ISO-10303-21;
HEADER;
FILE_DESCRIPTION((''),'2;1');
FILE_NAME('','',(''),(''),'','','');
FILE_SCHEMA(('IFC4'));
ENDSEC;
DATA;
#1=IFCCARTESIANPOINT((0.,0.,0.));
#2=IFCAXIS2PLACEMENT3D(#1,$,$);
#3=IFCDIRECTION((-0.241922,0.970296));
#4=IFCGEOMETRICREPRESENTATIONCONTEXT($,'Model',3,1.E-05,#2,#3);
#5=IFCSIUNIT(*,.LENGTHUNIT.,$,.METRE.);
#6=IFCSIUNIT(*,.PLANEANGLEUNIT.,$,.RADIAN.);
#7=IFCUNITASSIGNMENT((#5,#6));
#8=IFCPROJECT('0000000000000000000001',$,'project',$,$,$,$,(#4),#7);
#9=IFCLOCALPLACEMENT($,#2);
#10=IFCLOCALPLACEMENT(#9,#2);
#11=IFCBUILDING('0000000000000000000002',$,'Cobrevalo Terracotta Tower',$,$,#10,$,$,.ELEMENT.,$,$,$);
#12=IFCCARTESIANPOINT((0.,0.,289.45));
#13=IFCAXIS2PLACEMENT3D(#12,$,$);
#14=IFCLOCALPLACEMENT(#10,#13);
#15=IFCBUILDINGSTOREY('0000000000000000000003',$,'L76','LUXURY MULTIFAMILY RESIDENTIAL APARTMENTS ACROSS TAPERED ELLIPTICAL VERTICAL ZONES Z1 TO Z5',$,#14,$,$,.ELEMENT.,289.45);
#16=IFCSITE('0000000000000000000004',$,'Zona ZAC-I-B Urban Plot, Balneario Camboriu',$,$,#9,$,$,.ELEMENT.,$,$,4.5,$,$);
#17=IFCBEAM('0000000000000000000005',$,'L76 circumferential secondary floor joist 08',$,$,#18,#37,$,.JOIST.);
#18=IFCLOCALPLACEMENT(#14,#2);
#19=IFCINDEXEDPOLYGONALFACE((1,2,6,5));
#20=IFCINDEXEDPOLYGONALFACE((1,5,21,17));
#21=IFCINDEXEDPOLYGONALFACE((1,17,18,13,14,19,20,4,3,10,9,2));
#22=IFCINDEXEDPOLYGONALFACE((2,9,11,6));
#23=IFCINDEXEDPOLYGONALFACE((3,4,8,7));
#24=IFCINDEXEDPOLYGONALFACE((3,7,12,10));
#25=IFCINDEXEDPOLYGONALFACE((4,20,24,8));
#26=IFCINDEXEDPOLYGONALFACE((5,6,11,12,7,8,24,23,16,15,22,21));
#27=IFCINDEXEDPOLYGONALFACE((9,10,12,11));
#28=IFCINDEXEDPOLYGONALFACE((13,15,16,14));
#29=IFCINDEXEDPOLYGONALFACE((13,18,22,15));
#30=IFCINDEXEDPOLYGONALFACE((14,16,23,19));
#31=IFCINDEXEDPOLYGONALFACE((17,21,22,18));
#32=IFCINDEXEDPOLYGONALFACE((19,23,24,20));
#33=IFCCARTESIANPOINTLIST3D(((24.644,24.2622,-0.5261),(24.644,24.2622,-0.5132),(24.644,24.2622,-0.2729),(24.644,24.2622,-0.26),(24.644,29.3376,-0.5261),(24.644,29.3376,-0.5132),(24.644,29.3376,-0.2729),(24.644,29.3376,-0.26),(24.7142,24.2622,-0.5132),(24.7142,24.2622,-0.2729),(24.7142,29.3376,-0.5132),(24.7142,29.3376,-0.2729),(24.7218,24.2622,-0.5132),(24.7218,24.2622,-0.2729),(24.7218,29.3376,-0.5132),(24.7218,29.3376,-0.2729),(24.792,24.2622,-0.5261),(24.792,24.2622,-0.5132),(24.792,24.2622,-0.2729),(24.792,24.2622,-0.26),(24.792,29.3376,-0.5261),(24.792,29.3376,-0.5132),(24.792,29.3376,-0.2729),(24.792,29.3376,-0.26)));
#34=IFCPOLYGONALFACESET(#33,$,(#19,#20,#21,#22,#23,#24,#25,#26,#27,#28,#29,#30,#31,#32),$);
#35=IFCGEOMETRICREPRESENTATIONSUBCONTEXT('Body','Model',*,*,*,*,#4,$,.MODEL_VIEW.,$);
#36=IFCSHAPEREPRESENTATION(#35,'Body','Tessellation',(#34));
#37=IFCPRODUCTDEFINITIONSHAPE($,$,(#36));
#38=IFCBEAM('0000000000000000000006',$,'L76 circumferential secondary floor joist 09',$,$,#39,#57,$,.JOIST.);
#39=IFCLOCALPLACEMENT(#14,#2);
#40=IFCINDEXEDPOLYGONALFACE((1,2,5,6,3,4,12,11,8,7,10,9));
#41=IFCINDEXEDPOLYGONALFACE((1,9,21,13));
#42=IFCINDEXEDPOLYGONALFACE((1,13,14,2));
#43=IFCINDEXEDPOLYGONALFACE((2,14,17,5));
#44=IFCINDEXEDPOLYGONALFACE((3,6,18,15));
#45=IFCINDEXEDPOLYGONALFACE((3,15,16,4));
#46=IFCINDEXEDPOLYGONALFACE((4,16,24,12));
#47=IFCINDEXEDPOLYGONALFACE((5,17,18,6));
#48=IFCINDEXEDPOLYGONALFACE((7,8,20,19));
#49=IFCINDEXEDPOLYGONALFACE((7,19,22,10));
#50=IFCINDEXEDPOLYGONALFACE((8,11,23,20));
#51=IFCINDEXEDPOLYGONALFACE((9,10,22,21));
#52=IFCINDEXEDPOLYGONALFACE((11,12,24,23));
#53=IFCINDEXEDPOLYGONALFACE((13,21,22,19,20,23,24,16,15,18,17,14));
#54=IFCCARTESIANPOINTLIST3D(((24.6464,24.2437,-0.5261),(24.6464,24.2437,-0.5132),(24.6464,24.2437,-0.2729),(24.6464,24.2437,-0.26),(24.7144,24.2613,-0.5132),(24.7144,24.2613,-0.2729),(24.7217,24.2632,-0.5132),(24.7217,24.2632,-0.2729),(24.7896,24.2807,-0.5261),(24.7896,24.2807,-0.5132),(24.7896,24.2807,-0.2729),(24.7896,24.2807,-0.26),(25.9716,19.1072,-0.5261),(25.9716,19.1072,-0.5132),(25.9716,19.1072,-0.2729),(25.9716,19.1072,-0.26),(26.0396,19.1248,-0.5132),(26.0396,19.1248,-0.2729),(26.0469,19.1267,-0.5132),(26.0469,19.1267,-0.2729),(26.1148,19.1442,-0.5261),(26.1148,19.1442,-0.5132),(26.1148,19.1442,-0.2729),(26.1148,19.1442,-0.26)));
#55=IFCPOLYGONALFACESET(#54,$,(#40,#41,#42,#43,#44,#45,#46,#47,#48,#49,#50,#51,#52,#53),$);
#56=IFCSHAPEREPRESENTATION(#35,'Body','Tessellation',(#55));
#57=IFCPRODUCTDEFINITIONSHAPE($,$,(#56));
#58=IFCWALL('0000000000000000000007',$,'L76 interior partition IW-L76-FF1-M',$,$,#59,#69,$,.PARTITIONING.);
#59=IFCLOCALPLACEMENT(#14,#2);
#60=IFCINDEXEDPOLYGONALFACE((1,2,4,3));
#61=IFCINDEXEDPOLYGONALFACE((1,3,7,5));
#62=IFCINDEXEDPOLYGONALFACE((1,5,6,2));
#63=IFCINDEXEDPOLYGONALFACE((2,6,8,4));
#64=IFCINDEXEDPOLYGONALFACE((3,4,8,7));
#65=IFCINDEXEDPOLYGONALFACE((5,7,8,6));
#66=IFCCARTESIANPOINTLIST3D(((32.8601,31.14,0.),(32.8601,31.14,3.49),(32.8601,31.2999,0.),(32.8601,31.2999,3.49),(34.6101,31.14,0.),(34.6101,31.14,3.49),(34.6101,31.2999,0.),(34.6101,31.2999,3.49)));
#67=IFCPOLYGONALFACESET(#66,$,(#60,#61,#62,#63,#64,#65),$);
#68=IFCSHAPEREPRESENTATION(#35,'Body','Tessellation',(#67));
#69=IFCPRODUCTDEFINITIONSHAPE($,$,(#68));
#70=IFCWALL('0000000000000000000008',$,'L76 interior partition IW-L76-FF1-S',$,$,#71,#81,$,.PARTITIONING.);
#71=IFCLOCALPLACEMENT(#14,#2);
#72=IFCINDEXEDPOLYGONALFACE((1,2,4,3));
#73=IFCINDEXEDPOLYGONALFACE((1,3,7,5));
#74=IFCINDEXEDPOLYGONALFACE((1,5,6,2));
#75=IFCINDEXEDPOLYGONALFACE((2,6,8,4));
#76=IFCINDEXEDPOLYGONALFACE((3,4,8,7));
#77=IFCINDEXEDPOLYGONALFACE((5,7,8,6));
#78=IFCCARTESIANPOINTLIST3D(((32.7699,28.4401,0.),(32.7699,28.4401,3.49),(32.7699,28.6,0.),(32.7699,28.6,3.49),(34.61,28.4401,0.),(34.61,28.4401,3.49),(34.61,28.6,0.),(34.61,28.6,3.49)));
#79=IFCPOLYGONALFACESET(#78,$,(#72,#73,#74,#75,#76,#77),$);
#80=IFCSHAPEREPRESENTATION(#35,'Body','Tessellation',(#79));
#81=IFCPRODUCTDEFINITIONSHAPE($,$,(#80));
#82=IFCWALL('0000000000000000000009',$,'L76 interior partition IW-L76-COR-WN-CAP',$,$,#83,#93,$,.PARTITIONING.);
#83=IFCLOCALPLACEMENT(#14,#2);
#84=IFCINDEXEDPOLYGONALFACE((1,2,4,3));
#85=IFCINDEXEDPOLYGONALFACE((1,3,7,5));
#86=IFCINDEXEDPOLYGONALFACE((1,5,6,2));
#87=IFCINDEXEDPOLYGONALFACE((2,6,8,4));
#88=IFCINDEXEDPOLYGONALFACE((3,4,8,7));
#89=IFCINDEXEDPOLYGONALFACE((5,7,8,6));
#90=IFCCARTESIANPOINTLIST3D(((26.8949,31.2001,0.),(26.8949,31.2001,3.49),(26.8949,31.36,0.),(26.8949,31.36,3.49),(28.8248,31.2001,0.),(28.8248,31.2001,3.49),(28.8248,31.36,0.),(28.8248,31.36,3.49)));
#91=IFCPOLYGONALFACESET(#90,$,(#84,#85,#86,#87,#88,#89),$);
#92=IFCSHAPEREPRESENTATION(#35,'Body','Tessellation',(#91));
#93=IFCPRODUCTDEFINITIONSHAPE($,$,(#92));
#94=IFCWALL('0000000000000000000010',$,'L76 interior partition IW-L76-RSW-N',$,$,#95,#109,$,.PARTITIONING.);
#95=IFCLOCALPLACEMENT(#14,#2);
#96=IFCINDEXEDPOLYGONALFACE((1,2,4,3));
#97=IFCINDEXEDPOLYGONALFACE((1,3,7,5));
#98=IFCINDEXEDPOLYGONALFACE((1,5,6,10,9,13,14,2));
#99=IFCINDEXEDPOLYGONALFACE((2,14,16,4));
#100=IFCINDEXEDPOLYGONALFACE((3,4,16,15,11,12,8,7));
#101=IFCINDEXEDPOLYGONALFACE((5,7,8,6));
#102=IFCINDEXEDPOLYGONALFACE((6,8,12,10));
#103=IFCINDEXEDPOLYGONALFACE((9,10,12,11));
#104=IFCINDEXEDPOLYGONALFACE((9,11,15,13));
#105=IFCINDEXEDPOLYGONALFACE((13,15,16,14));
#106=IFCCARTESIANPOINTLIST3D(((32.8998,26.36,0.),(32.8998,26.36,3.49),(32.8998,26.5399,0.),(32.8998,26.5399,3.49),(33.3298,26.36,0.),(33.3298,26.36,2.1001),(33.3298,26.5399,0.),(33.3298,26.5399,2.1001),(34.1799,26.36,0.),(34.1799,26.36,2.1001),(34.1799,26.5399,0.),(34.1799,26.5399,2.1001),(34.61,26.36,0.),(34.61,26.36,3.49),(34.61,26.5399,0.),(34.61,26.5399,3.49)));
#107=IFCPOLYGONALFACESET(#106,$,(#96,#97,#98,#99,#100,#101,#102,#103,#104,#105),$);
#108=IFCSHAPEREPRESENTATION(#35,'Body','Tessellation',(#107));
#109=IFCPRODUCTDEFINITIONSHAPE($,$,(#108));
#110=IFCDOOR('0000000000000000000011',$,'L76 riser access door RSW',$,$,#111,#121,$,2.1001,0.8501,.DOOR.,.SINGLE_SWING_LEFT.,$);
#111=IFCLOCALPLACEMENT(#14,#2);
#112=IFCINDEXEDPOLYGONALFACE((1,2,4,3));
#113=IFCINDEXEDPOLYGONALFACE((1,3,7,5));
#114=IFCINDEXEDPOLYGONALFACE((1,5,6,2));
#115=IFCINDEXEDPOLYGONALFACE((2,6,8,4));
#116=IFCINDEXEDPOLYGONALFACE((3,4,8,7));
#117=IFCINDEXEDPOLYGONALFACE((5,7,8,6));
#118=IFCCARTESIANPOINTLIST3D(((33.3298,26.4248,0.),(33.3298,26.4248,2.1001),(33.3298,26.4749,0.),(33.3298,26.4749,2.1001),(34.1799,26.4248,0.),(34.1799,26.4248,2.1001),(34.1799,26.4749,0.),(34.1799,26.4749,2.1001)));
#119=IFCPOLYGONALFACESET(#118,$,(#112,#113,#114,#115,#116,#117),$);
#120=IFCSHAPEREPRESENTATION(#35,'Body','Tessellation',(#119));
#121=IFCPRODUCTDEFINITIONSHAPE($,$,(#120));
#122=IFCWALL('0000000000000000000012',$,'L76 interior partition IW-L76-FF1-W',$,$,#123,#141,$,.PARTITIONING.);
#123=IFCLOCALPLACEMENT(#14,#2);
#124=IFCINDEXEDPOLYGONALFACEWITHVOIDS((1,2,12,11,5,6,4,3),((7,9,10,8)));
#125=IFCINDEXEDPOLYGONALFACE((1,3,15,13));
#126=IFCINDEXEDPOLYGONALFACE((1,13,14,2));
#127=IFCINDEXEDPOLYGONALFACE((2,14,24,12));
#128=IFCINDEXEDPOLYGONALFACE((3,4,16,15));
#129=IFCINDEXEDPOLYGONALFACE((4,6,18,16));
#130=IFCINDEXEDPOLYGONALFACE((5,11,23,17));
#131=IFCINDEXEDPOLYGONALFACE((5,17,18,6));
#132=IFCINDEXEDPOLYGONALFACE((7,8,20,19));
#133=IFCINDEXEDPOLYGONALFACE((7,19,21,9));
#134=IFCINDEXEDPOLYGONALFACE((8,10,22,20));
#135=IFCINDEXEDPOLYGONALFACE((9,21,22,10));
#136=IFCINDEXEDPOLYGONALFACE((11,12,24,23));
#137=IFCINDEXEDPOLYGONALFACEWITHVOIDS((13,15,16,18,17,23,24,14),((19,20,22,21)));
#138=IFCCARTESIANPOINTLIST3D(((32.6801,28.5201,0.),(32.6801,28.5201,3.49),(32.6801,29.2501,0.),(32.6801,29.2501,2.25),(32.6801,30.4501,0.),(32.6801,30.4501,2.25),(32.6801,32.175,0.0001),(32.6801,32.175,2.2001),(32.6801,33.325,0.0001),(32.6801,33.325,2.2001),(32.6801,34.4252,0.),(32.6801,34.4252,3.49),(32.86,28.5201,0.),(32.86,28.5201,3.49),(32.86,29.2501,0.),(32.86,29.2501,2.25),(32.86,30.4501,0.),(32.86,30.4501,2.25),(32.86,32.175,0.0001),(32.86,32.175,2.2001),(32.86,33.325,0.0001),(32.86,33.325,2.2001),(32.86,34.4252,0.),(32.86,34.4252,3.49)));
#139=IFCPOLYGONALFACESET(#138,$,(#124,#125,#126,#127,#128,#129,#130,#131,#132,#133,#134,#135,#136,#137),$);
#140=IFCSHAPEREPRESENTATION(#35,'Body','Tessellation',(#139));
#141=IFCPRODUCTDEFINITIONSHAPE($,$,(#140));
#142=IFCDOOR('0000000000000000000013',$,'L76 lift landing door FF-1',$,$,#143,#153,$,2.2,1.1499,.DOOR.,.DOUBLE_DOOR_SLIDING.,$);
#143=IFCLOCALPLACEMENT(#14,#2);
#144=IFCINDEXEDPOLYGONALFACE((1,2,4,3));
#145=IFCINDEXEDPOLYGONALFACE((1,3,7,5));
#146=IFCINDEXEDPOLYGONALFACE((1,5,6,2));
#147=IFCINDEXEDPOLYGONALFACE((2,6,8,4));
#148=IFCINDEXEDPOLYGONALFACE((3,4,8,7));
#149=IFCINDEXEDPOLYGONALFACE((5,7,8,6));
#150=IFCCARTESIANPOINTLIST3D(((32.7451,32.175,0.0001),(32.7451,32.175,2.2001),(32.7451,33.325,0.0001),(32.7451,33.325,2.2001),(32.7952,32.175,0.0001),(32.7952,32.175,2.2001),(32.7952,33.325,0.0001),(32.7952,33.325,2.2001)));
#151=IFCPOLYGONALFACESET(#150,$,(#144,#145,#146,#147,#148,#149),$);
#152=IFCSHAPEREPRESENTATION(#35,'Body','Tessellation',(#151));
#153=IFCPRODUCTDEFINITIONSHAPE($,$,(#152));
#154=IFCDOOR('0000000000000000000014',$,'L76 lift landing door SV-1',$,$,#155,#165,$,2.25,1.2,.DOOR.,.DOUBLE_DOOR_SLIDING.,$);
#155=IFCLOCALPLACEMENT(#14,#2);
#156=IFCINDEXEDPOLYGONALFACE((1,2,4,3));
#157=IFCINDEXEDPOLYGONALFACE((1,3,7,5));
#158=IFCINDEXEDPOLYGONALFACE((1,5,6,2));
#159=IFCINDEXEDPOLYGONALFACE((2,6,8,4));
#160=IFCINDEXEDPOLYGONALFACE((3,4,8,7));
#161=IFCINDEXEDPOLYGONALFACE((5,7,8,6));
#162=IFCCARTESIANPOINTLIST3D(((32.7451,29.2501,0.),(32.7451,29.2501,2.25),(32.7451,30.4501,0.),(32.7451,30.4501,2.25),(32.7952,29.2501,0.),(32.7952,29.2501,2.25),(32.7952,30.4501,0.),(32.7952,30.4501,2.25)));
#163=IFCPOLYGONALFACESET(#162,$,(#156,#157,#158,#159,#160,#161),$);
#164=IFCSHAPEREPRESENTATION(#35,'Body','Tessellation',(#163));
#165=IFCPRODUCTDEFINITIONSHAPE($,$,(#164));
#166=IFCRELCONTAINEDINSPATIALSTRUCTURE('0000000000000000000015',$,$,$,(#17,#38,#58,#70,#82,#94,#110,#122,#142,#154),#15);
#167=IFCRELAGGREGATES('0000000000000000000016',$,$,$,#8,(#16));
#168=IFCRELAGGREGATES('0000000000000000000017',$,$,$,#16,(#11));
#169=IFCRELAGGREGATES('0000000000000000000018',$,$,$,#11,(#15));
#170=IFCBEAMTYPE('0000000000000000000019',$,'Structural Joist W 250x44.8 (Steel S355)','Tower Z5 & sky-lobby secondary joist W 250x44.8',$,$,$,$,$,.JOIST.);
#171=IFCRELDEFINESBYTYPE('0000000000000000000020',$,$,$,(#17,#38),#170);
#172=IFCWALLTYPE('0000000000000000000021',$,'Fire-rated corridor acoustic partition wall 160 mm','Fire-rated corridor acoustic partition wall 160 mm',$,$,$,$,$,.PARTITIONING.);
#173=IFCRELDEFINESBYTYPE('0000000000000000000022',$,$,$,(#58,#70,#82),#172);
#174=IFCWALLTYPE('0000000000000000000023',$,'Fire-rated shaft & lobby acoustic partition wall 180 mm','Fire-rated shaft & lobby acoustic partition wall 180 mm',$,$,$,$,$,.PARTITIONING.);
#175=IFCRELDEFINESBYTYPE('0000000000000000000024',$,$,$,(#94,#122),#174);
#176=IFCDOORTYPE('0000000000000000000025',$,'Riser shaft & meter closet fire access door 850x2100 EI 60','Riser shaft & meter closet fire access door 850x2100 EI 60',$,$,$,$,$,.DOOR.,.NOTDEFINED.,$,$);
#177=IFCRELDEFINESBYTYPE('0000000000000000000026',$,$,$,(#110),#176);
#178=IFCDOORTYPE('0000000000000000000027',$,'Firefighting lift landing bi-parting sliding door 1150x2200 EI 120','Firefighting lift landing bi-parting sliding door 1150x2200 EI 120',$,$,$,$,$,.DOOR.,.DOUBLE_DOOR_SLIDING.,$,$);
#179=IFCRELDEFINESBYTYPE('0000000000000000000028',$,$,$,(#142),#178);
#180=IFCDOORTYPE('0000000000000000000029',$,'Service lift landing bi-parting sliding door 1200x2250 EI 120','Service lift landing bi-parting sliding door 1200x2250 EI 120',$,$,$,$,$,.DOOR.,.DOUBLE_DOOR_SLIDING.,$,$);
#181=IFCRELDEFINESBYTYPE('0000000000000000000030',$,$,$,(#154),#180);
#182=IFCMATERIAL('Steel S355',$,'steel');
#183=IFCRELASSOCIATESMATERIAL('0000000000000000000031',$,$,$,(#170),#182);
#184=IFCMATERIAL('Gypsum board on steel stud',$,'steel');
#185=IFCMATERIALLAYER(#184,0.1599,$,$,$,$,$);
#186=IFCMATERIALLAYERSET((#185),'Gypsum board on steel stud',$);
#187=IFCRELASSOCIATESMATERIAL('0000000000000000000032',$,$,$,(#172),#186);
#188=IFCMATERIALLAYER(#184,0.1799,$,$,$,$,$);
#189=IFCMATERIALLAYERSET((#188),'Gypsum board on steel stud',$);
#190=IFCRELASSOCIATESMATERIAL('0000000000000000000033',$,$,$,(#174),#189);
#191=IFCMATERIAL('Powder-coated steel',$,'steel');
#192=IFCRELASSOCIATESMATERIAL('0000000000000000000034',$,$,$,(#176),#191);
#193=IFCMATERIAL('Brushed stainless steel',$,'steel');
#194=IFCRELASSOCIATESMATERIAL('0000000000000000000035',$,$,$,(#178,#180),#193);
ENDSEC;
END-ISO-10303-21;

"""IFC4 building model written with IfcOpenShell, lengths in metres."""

from ifc_helpers import new_model, si_unit, direction, frame, frame_2d, origin, origin_2d, place, context, subcontext, project, spatial, rectangle, i_section, extrude, source, transform, mapped, material, layer, layer_set, material_profile, profile_set, type_object, element, fill, save


model = new_model("IFC4")

# Units and contexts
model_context = context("Model", 3, precision=1e-05, world=origin(), true_north=direction((-0.241922, 0.970296)))
body_context = subcontext(model_context, "Body", "Model", "MODEL_VIEW")
ifc_project = project(units=[si_unit("LENGTHUNIT", "METRE"), si_unit("PLANEANGLEUNIT", "RADIAN")], contexts=[model_context])

# Site, building, storey
site_placement = place(None, origin())
site = spatial("IfcSite", under=ifc_project, at=site_placement, Name="Zona ZAC-I-B Urban Plot, Balneario Camboriu", CompositionType="ELEMENT", RefElevation=4.5)
building_placement = place(site_placement, origin())
building = spatial("IfcBuilding", under=site, at=building_placement, Name="Cobrevalo Terracotta Tower", CompositionType="ELEMENT")
storey_placement = place(building_placement, frame((0.0, 0.0, 289.45)))
storey = spatial("IfcBuildingStorey", under=building, at=storey_placement, Name="L76", Description="LUXURY MULTIFAMILY RESIDENTIAL APARTMENTS ACROSS TAPERED ELLIPTICAL VERTICAL ZONES Z1 TO Z5", CompositionType="ELEMENT", Elevation=289.45)

# Beams
ifc_material_1 = material(Name="Steel S355", Category="steel")
ifc_material_profile = material_profile(ifc_material_1, i_section(OverallWidth=0.1479, OverallDepth=0.2661, WebThickness=0.0076, FlangeThickness=0.0129, at=origin_2d()), Name="W 250x44.8")
ifc_profile_set = profile_set([ifc_material_profile], Name="Steel S355")
beam_type = type_object("IfcBeamType", Name="Structural Joist W 250x44.8 (Steel S355)", Description="Tower Z5 & sky-lobby secondary joist W 250x44.8", PredefinedType="JOIST", material=ifc_profile_set)
beam_1_placement = place(storey_placement, frame((24.718, 29.3376, -0.3931), z_axis=(0.0, -1.0, 0.0), x_axis=(1.0, 0.0, 0.0)))
element("IfcBeam", 1, at=beam_1_placement, inside=storey, type_object=beam_type, Name="L76 circumferential secondary floor joist 08", PredefinedType="JOIST", context=body_context, shape_type="SweptSolid", body=[
    extrude(i_section(OverallWidth=0.1479, OverallDepth=0.2661, WebThickness=0.0076, FlangeThickness=0.0129, at=origin_2d()), origin(), (0.0, 0.0, 1.0), 5.0754),
])
beam_2_placement = place(storey_placement, frame((24.718, 24.2622, -0.3931), z_axis=(0.249817, -0.968293, 0.0), x_axis=(0.968293, 0.249817, 0.0)))
element("IfcBeam", 2, at=beam_2_placement, inside=storey, type_object=beam_type, Name="L76 circumferential secondary floor joist 09", PredefinedType="JOIST", context=body_context, shape_type="SweptSolid", body=[
    extrude(i_section(OverallWidth=0.1479, OverallDepth=0.2661, WebThickness=0.0076, FlangeThickness=0.0129, at=origin_2d()), origin(), (0.0, 0.0, 1.0), 5.3047),
])

# Walls
ifc_material_2 = material(Name="Gypsum board on steel stud", Category="steel")
ifc_layer_1 = layer(ifc_material_2, 0.1599)
ifc_layer_set_1 = layer_set([ifc_layer_1], Name="Gypsum board on steel stud")
wall_type_1 = type_object("IfcWallType", Name="Fire-rated corridor acoustic partition wall 160 mm", Description="Fire-rated corridor acoustic partition wall 160 mm", PredefinedType="PARTITIONING", material=ifc_layer_set_1)
wall_1_placement = place(storey_placement, frame((32.8601, 31.22, 0.0), z_axis=(0.0, 0.0, 1.0), x_axis=(1.0, 0.0, 0.0)))
element("IfcWall", 3, at=wall_1_placement, inside=storey, type_object=wall_type_1, Name="L76 interior partition IW-L76-FF1-M", PredefinedType="PARTITIONING", context=body_context, shape_type="SweptSolid", body=[
    extrude(rectangle(XDim=1.75, YDim=0.1599, at=frame_2d((0.875, 0.0))), origin(), (0.0, 0.0, 1.0), 3.49),
])
wall_2_placement = place(storey_placement, frame((32.77, 28.52, 0.0), z_axis=(0.0, 0.0, 1.0), x_axis=(1.0, 0.0, 0.0)))
element("IfcWall", 4, at=wall_2_placement, inside=storey, type_object=wall_type_1, Name="L76 interior partition IW-L76-FF1-S", PredefinedType="PARTITIONING", context=body_context, shape_type="SweptSolid", body=[
    extrude(rectangle(XDim=1.8401, YDim=0.1599, at=frame_2d((0.9199, 0.0))), origin(), (0.0, 0.0, 1.0), 3.49),
])
wall_3_placement = place(storey_placement, frame((26.895, 31.28, 0.0), z_axis=(0.0, 0.0, 1.0), x_axis=(1.0, 0.0, 0.0)))
element("IfcWall", 5, at=wall_3_placement, inside=storey, type_object=wall_type_1, Name="L76 interior partition IW-L76-COR-WN-CAP", PredefinedType="PARTITIONING", context=body_context, shape_type="SweptSolid", body=[
    extrude(rectangle(XDim=1.9299, YDim=0.1599, at=frame_2d((0.9648, 0.0))), origin(), (0.0, 0.0, 1.0), 3.49),
])

# Wall, opening, door
ifc_layer_2 = layer(ifc_material_2, 0.1799)
ifc_layer_set_2 = layer_set([ifc_layer_2], Name="Gypsum board on steel stud")
wall_type_2 = type_object("IfcWallType", Name="Fire-rated shaft & lobby acoustic partition wall 180 mm", Description="Fire-rated shaft & lobby acoustic partition wall 180 mm", PredefinedType="PARTITIONING", material=ifc_layer_set_2)
wall_4_placement = place(storey_placement, frame((32.8999, 26.45, 0.0), z_axis=(0.0, 0.0, 1.0), x_axis=(1.0, 0.0, 0.0)))
wall_4 = element("IfcWall", 6, at=wall_4_placement, inside=storey, type_object=wall_type_2, Name="L76 interior partition IW-L76-RSW-N", PredefinedType="PARTITIONING", context=body_context, shape_type="SweptSolid", body=[
    extrude(rectangle(XDim=1.7102, YDim=0.1799, at=frame_2d((0.855, 0.0))), origin(), (0.0, 0.0, 1.0), 3.49),
])
opening_1_placement = place(wall_4_placement, frame((0.4299, 0.0, 0.0)))
opening_1 = element("IfcOpeningElement", 7, at=opening_1_placement, cuts=wall_4, PredefinedType="OPENING", context=body_context, shape_type="SweptSolid", body=[
    extrude(rectangle(XDim=0.8501, YDim=2.1001, at=frame_2d((0.425, 1.05))), frame((0.0, 0.1001, 0.0), z_axis=(0.0, -1.0, 0.0), x_axis=(1.0, 0.0, 0.0)), (0.0, 0.0, 1.0), 0.2),
])
ifc_material_3 = material(Name="Powder-coated steel", Category="steel")
door_type_1 = type_object("IfcDoorType", Name="Riser shaft & meter closet fire access door 850x2100 EI 60", Description="Riser shaft & meter closet fire access door 850x2100 EI 60", OperationType="NOTDEFINED", PredefinedType="DOOR", material=ifc_material_3)
shared_shape_1 = source(origin(), body_context, "Body", "SweptSolid", [
    extrude(rectangle(XDim=0.8501, YDim=2.1001, at=frame_2d((0.425, 1.05))), frame((0.0, 0.0249, 0.0), z_axis=(0.0, -1.0, 0.0), x_axis=(1.0, 0.0, 0.0)), (0.0, 0.0, 1.0), 0.05),
])
door_1_placement = place(opening_1_placement, origin())
door_1 = element("IfcDoor", 8, at=door_1_placement, inside=storey, type_object=door_type_1, Name="L76 riser access door RSW", OperationType="SINGLE_SWING_LEFT", OverallHeight=2.1001, OverallWidth=0.8501, PredefinedType="DOOR", context=body_context, shape_type="MappedRepresentation", body=[
    mapped(shared_shape_1, transform((0.0, 0.0, 0.0), scale=1.0)),
])
fill(opening_1, door_1)

# Wall, openings, doors
wall_5_placement = place(storey_placement, frame((32.77, 28.52, 0.0), z_axis=(0.0, 0.0, 1.0), x_axis=(0.0, 1.0, 0.0)))
wall_5 = element("IfcWall", 9, at=wall_5_placement, inside=storey, type_object=wall_type_2, Name="L76 interior partition IW-L76-FF1-W", PredefinedType="PARTITIONING", context=body_context, shape_type="SweptSolid", body=[
    extrude(rectangle(XDim=5.905, YDim=0.1799, at=frame_2d((2.9526, 0.0))), origin(), (0.0, 0.0, 1.0), 3.49),
])
opening_2_placement = place(wall_5_placement, frame((3.655, 0.0, 0.0)))
opening_2 = element("IfcOpeningElement", 10, at=opening_2_placement, cuts=wall_5, PredefinedType="OPENING", context=body_context, shape_type="SweptSolid", body=[
    extrude(rectangle(XDim=1.1499, YDim=2.2, at=frame_2d((0.575, 1.1001))), frame((0.0, 0.1001, 0.0), z_axis=(0.0, -1.0, 0.0), x_axis=(1.0, 0.0, 0.0)), (0.0, 0.0, 1.0), 0.2),
])
opening_3_placement = place(wall_5_placement, frame((0.73, 0.0, 0.0)))
opening_3 = element("IfcOpeningElement", 11, at=opening_3_placement, cuts=wall_5, PredefinedType="OPENING", context=body_context, shape_type="SweptSolid", body=[
    extrude(rectangle(XDim=1.2, YDim=2.25, at=frame_2d((0.6001, 1.125))), frame((0.0, 0.1001, 0.0), z_axis=(0.0, -1.0, 0.0), x_axis=(1.0, 0.0, 0.0)), (0.0, 0.0, 1.0), 0.2),
])
ifc_material_4 = material(Name="Brushed stainless steel", Category="steel")
door_type_2 = type_object("IfcDoorType", Name="Firefighting lift landing bi-parting sliding door 1150x2200 EI 120", Description="Firefighting lift landing bi-parting sliding door 1150x2200 EI 120", OperationType="DOUBLE_DOOR_SLIDING", PredefinedType="DOOR", material=ifc_material_4)
shared_shape_2 = source(origin(), body_context, "Body", "SweptSolid", [
    extrude(rectangle(XDim=1.1499, YDim=2.2, at=frame_2d((0.575, 1.1001))), frame((0.0, 0.0249, 0.0), z_axis=(0.0, -1.0, 0.0), x_axis=(1.0, 0.0, 0.0)), (0.0, 0.0, 1.0), 0.05),
])
door_2_placement = place(opening_2_placement, origin())
door_2 = element("IfcDoor", 12, at=door_2_placement, inside=storey, type_object=door_type_2, Name="L76 lift landing door FF-1", OperationType="DOUBLE_DOOR_SLIDING", OverallHeight=2.2, OverallWidth=1.1499, PredefinedType="DOOR", context=body_context, shape_type="MappedRepresentation", body=[
    mapped(shared_shape_2, transform((0.0, 0.0, 0.0), scale=1.0)),
])
fill(opening_2, door_2)
door_type_3 = type_object("IfcDoorType", Name="Service lift landing bi-parting sliding door 1200x2250 EI 120", Description="Service lift landing bi-parting sliding door 1200x2250 EI 120", OperationType="DOUBLE_DOOR_SLIDING", PredefinedType="DOOR", material=ifc_material_4)
shared_shape_3 = source(origin(), body_context, "Body", "SweptSolid", [
    extrude(rectangle(XDim=1.2, YDim=2.25, at=frame_2d((0.6001, 1.125))), frame((0.0, 0.0249, 0.0), z_axis=(0.0, -1.0, 0.0), x_axis=(1.0, 0.0, 0.0)), (0.0, 0.0, 1.0), 0.05),
])
door_3_placement = place(opening_3_placement, origin())
door_3 = element("IfcDoor", 13, at=door_3_placement, inside=storey, type_object=door_type_3, Name="L76 lift landing door SV-1", OperationType="DOUBLE_DOOR_SLIDING", OverallHeight=2.25, OverallWidth=1.2, PredefinedType="DOOR", context=body_context, shape_type="MappedRepresentation", body=[
    mapped(shared_shape_3, transform((0.0, 0.0, 0.0), scale=1.0)),
])
fill(opening_3, door_3)

save(model, "model.ifc")
